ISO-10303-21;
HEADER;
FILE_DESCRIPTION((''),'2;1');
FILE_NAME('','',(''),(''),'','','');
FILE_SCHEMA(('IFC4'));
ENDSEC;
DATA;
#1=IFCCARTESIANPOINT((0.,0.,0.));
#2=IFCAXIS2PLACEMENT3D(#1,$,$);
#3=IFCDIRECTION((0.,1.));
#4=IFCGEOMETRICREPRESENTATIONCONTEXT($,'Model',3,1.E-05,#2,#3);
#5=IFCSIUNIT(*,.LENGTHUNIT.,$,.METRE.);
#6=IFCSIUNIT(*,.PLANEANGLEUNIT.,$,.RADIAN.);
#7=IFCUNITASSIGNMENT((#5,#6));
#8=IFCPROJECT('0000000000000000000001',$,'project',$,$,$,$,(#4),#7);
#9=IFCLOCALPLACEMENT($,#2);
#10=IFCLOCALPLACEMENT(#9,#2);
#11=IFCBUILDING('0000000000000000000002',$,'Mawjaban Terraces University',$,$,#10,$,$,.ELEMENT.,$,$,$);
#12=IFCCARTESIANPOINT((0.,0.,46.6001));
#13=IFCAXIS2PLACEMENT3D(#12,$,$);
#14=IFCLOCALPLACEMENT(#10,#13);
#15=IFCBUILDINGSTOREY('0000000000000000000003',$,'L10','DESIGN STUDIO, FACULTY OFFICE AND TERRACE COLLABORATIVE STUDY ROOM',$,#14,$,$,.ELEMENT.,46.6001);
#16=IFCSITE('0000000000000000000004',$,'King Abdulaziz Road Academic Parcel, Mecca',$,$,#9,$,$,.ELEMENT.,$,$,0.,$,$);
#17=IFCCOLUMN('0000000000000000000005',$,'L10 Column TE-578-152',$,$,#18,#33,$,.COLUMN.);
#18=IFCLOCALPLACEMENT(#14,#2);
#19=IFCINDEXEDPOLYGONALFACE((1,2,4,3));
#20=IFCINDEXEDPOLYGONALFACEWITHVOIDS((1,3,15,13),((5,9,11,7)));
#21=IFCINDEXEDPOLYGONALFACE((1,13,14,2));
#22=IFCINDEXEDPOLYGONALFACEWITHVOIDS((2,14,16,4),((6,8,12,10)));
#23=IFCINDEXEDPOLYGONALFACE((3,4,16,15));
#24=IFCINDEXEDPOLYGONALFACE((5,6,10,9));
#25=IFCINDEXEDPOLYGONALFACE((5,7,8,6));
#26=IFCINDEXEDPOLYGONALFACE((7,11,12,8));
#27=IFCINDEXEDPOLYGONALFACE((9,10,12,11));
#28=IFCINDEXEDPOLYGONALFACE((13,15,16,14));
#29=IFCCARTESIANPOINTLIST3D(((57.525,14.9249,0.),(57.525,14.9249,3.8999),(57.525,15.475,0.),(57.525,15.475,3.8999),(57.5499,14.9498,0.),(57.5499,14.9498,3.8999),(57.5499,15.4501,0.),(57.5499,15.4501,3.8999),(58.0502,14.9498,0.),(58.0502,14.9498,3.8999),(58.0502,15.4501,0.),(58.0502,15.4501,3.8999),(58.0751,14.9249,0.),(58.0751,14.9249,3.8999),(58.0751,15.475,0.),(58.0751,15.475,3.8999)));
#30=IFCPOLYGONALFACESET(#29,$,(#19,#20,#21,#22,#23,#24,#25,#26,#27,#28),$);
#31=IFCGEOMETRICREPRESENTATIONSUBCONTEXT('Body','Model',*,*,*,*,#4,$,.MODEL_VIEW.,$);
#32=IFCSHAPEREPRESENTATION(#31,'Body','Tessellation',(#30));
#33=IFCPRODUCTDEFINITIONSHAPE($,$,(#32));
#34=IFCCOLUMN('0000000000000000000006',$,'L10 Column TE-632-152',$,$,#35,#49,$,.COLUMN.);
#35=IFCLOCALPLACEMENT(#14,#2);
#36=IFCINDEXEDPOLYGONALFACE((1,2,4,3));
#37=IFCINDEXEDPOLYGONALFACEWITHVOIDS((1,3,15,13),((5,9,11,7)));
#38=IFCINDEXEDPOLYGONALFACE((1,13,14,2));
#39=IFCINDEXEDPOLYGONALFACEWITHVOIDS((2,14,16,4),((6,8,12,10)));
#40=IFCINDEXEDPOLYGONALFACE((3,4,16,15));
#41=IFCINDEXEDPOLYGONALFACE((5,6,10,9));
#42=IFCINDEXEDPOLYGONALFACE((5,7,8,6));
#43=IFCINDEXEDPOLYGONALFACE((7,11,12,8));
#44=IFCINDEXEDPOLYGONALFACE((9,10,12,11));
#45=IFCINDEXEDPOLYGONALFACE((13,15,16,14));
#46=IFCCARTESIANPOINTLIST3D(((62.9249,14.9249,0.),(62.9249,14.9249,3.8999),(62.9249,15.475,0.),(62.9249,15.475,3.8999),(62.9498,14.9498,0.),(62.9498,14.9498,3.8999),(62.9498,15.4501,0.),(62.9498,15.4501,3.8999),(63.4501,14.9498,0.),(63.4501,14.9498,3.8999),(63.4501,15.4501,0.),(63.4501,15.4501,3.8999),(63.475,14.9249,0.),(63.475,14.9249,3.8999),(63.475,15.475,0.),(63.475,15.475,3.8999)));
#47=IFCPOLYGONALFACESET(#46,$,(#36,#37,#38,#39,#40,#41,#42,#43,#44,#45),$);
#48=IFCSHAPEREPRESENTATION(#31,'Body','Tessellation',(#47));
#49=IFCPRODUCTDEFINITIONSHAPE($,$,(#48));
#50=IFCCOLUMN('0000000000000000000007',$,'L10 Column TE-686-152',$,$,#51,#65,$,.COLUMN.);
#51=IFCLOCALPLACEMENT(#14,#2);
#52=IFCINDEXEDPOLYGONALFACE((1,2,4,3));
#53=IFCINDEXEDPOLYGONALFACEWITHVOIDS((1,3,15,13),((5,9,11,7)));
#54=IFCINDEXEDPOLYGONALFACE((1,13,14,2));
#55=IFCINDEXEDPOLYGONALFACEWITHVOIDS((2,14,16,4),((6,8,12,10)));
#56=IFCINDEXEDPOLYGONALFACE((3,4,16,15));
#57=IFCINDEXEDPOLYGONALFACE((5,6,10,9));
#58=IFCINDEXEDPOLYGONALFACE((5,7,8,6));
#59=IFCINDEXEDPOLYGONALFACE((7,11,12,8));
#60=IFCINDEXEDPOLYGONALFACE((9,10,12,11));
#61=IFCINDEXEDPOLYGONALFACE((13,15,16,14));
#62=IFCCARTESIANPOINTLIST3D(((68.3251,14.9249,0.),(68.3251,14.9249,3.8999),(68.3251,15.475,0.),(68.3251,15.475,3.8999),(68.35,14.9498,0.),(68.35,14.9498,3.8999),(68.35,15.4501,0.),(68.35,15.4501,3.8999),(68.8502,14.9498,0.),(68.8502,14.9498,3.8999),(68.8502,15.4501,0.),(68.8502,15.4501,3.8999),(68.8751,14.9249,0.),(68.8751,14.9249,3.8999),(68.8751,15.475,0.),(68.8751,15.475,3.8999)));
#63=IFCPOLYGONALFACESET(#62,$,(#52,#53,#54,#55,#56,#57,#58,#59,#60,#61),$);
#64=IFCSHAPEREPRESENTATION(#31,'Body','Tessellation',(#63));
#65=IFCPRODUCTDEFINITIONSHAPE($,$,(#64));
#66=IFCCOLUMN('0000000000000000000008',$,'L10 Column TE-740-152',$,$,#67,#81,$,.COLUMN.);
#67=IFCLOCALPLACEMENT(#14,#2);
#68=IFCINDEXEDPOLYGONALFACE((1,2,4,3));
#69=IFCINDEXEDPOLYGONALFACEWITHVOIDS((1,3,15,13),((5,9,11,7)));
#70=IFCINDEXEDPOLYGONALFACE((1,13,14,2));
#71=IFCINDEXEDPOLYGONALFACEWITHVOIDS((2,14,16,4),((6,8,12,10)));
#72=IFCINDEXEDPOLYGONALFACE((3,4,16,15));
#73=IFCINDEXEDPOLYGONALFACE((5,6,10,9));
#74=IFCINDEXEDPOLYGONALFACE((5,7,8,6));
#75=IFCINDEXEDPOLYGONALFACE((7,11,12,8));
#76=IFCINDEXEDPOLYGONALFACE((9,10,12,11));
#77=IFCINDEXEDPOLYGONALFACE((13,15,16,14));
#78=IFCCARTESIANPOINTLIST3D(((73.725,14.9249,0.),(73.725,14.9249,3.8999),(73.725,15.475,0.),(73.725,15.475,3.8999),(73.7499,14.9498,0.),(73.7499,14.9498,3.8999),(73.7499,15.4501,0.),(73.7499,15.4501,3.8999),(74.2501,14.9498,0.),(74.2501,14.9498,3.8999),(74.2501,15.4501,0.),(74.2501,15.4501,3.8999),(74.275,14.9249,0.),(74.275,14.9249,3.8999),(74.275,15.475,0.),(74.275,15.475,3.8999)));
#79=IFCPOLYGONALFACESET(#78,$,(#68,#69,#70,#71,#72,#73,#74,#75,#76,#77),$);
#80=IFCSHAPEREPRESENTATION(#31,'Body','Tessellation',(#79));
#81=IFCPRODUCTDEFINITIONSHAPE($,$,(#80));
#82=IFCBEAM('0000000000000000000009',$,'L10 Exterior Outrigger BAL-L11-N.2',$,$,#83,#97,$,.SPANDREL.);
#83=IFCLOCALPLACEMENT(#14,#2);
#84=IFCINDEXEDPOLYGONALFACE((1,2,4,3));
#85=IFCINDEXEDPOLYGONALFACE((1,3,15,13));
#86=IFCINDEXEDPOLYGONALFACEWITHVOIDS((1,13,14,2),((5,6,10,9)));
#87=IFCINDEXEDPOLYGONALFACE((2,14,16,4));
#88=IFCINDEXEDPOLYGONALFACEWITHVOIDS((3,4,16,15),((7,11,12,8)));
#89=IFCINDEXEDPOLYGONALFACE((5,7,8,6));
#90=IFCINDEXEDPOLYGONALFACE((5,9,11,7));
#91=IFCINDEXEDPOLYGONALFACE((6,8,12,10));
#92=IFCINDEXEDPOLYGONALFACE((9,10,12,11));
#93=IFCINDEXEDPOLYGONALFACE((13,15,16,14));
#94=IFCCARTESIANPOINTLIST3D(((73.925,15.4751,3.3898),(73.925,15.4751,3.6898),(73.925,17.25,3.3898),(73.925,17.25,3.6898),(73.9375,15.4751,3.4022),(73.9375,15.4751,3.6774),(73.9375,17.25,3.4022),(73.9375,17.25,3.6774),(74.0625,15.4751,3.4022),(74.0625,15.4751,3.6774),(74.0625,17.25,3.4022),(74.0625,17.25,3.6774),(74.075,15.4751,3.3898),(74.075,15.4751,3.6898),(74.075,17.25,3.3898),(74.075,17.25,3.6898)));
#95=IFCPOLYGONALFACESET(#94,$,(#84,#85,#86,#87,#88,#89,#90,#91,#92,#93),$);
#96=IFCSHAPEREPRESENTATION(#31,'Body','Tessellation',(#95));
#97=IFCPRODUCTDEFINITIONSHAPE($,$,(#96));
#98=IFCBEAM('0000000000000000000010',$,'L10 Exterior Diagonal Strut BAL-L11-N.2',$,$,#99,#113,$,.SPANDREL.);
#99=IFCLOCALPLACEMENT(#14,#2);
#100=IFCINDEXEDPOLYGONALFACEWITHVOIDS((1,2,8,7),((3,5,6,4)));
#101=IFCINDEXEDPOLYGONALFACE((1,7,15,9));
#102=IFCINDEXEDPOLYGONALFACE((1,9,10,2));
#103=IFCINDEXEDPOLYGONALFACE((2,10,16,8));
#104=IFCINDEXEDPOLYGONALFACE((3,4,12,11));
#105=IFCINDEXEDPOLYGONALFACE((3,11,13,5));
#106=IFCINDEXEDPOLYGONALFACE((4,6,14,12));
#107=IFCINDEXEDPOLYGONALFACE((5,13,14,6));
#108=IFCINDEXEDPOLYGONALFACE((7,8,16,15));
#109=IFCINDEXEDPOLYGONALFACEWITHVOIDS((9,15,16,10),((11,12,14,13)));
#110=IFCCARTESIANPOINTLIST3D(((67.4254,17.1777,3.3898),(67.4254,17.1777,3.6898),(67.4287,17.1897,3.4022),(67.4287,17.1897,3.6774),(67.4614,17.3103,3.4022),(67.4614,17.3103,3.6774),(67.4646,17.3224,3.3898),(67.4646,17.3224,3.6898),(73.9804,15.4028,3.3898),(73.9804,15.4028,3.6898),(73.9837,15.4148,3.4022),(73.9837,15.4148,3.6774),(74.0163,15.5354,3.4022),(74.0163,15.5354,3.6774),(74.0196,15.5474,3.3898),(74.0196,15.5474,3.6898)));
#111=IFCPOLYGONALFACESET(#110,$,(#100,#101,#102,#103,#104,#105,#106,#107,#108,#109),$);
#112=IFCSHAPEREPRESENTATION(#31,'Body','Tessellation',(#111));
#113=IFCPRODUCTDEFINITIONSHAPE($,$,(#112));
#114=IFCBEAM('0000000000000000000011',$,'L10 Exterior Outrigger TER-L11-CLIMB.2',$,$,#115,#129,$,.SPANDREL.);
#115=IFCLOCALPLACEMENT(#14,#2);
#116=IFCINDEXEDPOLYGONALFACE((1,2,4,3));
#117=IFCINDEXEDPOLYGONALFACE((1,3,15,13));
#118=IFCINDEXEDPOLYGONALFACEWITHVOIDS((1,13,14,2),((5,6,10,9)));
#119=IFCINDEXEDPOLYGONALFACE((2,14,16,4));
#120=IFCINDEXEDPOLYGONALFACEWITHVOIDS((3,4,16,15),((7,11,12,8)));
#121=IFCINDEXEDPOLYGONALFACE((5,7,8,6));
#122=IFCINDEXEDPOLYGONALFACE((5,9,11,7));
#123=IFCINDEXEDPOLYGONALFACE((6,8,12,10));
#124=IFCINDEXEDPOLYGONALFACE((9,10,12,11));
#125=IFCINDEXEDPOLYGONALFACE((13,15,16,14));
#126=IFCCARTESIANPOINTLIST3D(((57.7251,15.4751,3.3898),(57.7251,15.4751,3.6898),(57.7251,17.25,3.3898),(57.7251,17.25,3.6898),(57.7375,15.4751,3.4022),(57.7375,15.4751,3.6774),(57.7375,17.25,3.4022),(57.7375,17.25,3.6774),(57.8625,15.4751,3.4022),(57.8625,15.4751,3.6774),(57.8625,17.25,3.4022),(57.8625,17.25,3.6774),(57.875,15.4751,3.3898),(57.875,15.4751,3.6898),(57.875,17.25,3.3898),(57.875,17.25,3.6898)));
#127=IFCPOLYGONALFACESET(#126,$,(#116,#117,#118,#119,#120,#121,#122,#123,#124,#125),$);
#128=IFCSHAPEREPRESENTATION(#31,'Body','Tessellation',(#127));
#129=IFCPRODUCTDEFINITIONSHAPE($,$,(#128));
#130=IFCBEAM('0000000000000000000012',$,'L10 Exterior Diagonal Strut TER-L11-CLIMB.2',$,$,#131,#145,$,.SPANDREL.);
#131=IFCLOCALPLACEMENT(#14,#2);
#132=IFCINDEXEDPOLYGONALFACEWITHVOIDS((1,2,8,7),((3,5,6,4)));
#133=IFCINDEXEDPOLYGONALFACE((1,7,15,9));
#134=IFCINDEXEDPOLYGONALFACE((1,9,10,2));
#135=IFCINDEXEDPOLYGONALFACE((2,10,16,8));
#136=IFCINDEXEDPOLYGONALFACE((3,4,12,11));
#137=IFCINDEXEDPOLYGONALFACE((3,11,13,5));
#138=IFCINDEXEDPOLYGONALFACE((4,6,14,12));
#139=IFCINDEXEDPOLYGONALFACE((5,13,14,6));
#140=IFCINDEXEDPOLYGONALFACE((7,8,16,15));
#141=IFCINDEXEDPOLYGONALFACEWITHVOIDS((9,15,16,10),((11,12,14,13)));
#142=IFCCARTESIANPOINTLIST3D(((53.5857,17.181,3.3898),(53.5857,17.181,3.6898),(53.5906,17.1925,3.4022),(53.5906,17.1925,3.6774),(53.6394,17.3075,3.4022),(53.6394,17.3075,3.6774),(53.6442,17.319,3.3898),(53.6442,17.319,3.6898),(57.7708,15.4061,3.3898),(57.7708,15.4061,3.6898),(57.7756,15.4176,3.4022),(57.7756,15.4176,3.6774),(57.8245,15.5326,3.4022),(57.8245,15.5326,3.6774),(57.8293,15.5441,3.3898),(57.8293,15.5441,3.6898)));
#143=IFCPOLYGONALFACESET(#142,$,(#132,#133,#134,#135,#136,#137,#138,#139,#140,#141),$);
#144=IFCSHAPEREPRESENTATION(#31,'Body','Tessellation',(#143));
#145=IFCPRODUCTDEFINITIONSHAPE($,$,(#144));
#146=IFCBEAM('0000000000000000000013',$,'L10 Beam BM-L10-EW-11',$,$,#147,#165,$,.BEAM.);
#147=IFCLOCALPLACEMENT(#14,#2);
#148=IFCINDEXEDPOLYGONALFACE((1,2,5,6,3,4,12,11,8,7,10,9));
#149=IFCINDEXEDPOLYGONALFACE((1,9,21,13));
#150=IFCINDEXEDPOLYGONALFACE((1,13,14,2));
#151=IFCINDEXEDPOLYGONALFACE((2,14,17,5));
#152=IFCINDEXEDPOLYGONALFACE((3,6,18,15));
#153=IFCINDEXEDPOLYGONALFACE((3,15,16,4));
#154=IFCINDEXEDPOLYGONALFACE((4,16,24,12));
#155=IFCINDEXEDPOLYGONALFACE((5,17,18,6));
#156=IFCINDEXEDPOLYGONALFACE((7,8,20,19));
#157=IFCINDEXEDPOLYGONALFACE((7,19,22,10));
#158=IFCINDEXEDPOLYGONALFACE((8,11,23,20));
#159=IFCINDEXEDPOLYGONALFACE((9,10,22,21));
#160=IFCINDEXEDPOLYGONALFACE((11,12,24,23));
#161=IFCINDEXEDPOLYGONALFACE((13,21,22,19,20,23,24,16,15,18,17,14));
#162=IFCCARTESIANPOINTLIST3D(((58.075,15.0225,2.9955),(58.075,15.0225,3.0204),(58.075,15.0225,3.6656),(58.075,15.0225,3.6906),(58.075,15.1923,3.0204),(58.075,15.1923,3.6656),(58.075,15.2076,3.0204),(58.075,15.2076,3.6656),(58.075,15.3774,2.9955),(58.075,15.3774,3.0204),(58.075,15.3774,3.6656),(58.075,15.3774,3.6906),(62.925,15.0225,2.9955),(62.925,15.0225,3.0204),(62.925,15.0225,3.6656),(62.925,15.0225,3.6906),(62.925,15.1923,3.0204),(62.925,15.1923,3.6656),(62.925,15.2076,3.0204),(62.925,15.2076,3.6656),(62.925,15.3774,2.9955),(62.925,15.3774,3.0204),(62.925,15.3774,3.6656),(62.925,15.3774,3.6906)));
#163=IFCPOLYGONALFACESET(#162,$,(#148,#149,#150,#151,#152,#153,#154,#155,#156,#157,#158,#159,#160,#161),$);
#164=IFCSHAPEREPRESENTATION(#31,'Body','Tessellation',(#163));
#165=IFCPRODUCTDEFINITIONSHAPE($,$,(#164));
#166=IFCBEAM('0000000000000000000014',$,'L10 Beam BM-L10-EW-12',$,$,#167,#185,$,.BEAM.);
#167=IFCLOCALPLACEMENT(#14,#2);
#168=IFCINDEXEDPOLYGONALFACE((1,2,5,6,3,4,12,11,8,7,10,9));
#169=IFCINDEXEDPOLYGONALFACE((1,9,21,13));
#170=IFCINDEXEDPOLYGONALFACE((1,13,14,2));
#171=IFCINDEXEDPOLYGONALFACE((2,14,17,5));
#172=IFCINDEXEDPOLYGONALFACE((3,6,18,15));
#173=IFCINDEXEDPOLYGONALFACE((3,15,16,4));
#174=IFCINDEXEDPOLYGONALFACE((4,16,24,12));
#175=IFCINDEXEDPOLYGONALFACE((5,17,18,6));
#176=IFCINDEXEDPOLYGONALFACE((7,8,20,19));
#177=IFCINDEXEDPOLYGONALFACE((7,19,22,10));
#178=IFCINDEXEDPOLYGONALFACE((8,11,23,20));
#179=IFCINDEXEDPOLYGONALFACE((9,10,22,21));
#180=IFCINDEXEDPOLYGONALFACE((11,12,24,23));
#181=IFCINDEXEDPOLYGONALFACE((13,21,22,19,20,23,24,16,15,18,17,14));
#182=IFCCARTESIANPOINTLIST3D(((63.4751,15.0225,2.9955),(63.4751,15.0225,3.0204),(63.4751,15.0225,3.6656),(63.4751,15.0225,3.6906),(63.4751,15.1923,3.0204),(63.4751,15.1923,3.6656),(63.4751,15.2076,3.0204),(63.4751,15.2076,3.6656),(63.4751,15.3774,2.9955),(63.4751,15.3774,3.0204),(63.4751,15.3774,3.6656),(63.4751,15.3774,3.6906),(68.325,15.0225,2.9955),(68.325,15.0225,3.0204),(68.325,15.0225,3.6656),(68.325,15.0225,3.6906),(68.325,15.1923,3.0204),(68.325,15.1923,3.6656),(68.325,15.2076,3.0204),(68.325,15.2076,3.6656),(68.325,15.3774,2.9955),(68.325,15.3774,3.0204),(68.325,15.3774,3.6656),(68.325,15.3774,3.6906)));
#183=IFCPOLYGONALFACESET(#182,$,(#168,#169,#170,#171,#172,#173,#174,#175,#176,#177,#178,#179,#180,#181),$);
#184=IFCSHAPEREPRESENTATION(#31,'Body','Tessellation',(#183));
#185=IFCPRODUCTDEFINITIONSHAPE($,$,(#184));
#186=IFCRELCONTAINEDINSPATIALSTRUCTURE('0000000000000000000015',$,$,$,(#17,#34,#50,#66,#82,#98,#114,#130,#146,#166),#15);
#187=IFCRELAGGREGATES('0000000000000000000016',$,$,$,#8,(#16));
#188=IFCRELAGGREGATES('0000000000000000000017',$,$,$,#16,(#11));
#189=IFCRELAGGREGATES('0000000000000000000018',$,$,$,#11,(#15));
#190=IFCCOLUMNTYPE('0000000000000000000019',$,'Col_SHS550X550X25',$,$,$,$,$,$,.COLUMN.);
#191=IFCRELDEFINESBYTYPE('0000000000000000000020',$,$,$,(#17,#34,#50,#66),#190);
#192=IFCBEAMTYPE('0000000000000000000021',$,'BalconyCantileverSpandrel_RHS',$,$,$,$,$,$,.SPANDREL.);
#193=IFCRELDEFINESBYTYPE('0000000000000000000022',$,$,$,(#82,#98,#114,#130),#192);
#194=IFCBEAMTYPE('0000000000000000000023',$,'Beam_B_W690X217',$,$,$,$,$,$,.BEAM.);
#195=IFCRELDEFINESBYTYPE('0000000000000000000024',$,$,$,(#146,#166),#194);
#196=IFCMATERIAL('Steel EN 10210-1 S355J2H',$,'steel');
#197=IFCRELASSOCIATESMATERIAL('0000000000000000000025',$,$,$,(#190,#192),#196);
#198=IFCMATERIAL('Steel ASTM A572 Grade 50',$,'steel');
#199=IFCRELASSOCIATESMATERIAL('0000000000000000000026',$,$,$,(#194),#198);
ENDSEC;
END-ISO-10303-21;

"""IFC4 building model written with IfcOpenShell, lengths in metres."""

from ifc_helpers import new_model, si_unit, direction, frame, origin, origin_2d, place, context, subcontext, project, spatial, hollow_rectangle, i_section, extrude, material, material_profile, profile_set, type_object, element, save


model = new_model("IFC4")

# Units and contexts
model_context = context("Model", 3, precision=1e-05, world=origin(), true_north=direction((0.0, 1.0)))
body_context = subcontext(model_context, "Body", "Model", "MODEL_VIEW")
ifc_project = project(units=[si_unit("LENGTHUNIT", "METRE"), si_unit("PLANEANGLEUNIT", "RADIAN")], contexts=[model_context])

# Site, building, storey
site_placement = place(None, origin())
site = spatial("IfcSite", under=ifc_project, at=site_placement, Name="King Abdulaziz Road Academic Parcel, Mecca", CompositionType="ELEMENT", RefElevation=0.0)
building_placement = place(site_placement, origin())
building = spatial("IfcBuilding", under=site, at=building_placement, Name="Mawjaban Terraces University", CompositionType="ELEMENT")
storey_placement = place(building_placement, frame((0.0, 0.0, 46.6001)))
storey = spatial("IfcBuildingStorey", under=building, at=storey_placement, Name="L10", Description="DESIGN STUDIO, FACULTY OFFICE AND TERRACE COLLABORATIVE STUDY ROOM", CompositionType="ELEMENT", Elevation=46.6001)

# Columns
ifc_material_1 = material(Name="Steel EN 10210-1 S355J2H", Category="steel")
ifc_material_profile_1 = material_profile(ifc_material_1, hollow_rectangle(XDim=0.55, YDim=0.55, WallThickness=0.0249, at=origin_2d()), Name="SHS550X550X25")
ifc_profile_set_1 = profile_set([ifc_material_profile_1], Name="Steel EN 10210-1 S355J2H")
column_type = type_object("IfcColumnType", Name="Col_SHS550X550X25", PredefinedType="COLUMN", material=ifc_profile_set_1)
for number, where, z_axis, x_axis, name in (
    (1, (57.8, 15.2, 0.0), (0.0, 0.0, 1.0), (1.0, 0.0, 0.0), "L10 Column TE-578-152"),
    (2, (63.2, 15.2, 0.0), (0.0, 0.0, 1.0), (1.0, 0.0, 0.0), "L10 Column TE-632-152"),
    (3, (68.6001, 15.2, 0.0), (0.0, 0.0, 1.0), (1.0, 0.0, 0.0), "L10 Column TE-686-152"),
    (4, (74.0, 15.2, 0.0), (0.0, 0.0, 1.0), (1.0, 0.0, 0.0), "L10 Column TE-740-152"),
):
    element("IfcColumn", number, at=place(storey_placement, frame(where, z_axis=z_axis, x_axis=x_axis)), inside=storey, type_object=column_type, Name=name, PredefinedType="COLUMN", context=body_context, shape_type="SweptSolid", body=[
        extrude(hollow_rectangle(XDim=0.55, YDim=0.55, WallThickness=0.0249, at=origin_2d()), origin(), (0.0, 0.0, 1.0), 3.8999),
    ])

# Beams
ifc_material_profile_2 = material_profile(ifc_material_1, hollow_rectangle(XDim=0.1499, YDim=0.3, WallThickness=0.0125, at=origin_2d()), Name="RHS300X150X12.5")
ifc_profile_set_2 = profile_set([ifc_material_profile_2], Name="Steel EN 10210-1 S355J2H")
beam_type_1 = type_object("IfcBeamType", Name="BalconyCantileverSpandrel_RHS", PredefinedType="SPANDREL", material=ifc_profile_set_2)
beam_1_placement = place(storey_placement, frame((74.0, 15.4751, 3.5398), z_axis=(0.0, 1.0, 0.0), x_axis=(-1.0, 0.0, 0.0)))
element("IfcBeam", 5, at=beam_1_placement, inside=storey, type_object=beam_type_1, Name="L10 Exterior Outrigger BAL-L11-N.2", PredefinedType="SPANDREL", context=body_context, shape_type="SweptSolid", body=[
    extrude(hollow_rectangle(XDim=0.1499, YDim=0.3, WallThickness=0.0125, at=origin_2d()), origin(), (0.0, 0.0, 1.0), 1.7749),
])
beam_2_placement = place(storey_placement, frame((74.0, 15.4751, 3.5398), z_axis=(-0.965241, 0.261362, 0.0), x_axis=(-0.261362, -0.965241, 0.0)))
element("IfcBeam", 6, at=beam_2_placement, inside=storey, type_object=beam_type_1, Name="L10 Exterior Diagonal Strut BAL-L11-N.2", PredefinedType="SPANDREL", context=body_context, shape_type="SweptSolid", body=[
    extrude(hollow_rectangle(XDim=0.1499, YDim=0.3, WallThickness=0.0125, at=origin_2d()), origin(), (0.0, 0.0, 1.0), 6.791),
])
beam_3_placement = place(storey_placement, frame((57.8, 15.4751, 3.5398), z_axis=(0.0, 1.0, 0.0), x_axis=(-1.0, 0.0, 0.0)))
element("IfcBeam", 7, at=beam_3_placement, inside=storey, type_object=beam_type_1, Name="L10 Exterior Outrigger TER-L11-CLIMB.2", PredefinedType="SPANDREL", context=body_context, shape_type="SweptSolid", body=[
    extrude(hollow_rectangle(XDim=0.1499, YDim=0.3, WallThickness=0.0125, at=origin_2d()), origin(), (0.0, 0.0, 1.0), 1.7749),
])
beam_4_placement = place(storey_placement, frame((57.8, 15.4751, 3.5398), z_axis=(-0.920627, 0.390442, 0.0), x_axis=(-0.390442, -0.920627, 0.0)))
element("IfcBeam", 8, at=beam_4_placement, inside=storey, type_object=beam_type_1, Name="L10 Exterior Diagonal Strut TER-L11-CLIMB.2", PredefinedType="SPANDREL", context=body_context, shape_type="SweptSolid", body=[
    extrude(hollow_rectangle(XDim=0.1499, YDim=0.3, WallThickness=0.0125, at=origin_2d()), origin(), (0.0, 0.0, 1.0), 4.5459),
])
ifc_material_2 = material(Name="Steel ASTM A572 Grade 50", Category="steel")
ifc_material_profile_3 = material_profile(ifc_material_2, i_section(OverallWidth=0.355, OverallDepth=0.6951, WebThickness=0.0154, FlangeThickness=0.0249, at=origin_2d()), Name="W690X217")
ifc_profile_set_3 = profile_set([ifc_material_profile_3], Name="Steel ASTM A572 Grade 50")
beam_type_2 = type_object("IfcBeamType", Name="Beam_B_W690X217", PredefinedType="BEAM", material=ifc_profile_set_3)
beam_5_placement = place(storey_placement, frame((58.075, 15.2, 3.343), z_axis=(1.0, 0.0, 0.0), x_axis=(0.0, 1.0, 0.0)))
element("IfcBeam", 9, at=beam_5_placement, inside=storey, type_object=beam_type_2, Name="L10 Beam BM-L10-EW-11", PredefinedType="BEAM", context=body_context, shape_type="SweptSolid", body=[
    extrude(i_section(OverallWidth=0.355, OverallDepth=0.6951, WebThickness=0.0154, FlangeThickness=0.0249, at=origin_2d()), origin(), (0.0, 0.0, 1.0), 4.8501),
])
beam_6_placement = place(storey_placement, frame((63.4751, 15.2, 3.343), z_axis=(1.0, 0.0, 0.0), x_axis=(0.0, 1.0, 0.0)))
element("IfcBeam", 10, at=beam_6_placement, inside=storey, type_object=beam_type_2, Name="L10 Beam BM-L10-EW-12", PredefinedType="BEAM", context=body_context, shape_type="SweptSolid", body=[
    extrude(i_section(OverallWidth=0.355, OverallDepth=0.6951, WebThickness=0.0154, FlangeThickness=0.0249, at=origin_2d()), origin(), (0.0, 0.0, 1.0), 4.8499),
])

save(model, "model.ifc")
